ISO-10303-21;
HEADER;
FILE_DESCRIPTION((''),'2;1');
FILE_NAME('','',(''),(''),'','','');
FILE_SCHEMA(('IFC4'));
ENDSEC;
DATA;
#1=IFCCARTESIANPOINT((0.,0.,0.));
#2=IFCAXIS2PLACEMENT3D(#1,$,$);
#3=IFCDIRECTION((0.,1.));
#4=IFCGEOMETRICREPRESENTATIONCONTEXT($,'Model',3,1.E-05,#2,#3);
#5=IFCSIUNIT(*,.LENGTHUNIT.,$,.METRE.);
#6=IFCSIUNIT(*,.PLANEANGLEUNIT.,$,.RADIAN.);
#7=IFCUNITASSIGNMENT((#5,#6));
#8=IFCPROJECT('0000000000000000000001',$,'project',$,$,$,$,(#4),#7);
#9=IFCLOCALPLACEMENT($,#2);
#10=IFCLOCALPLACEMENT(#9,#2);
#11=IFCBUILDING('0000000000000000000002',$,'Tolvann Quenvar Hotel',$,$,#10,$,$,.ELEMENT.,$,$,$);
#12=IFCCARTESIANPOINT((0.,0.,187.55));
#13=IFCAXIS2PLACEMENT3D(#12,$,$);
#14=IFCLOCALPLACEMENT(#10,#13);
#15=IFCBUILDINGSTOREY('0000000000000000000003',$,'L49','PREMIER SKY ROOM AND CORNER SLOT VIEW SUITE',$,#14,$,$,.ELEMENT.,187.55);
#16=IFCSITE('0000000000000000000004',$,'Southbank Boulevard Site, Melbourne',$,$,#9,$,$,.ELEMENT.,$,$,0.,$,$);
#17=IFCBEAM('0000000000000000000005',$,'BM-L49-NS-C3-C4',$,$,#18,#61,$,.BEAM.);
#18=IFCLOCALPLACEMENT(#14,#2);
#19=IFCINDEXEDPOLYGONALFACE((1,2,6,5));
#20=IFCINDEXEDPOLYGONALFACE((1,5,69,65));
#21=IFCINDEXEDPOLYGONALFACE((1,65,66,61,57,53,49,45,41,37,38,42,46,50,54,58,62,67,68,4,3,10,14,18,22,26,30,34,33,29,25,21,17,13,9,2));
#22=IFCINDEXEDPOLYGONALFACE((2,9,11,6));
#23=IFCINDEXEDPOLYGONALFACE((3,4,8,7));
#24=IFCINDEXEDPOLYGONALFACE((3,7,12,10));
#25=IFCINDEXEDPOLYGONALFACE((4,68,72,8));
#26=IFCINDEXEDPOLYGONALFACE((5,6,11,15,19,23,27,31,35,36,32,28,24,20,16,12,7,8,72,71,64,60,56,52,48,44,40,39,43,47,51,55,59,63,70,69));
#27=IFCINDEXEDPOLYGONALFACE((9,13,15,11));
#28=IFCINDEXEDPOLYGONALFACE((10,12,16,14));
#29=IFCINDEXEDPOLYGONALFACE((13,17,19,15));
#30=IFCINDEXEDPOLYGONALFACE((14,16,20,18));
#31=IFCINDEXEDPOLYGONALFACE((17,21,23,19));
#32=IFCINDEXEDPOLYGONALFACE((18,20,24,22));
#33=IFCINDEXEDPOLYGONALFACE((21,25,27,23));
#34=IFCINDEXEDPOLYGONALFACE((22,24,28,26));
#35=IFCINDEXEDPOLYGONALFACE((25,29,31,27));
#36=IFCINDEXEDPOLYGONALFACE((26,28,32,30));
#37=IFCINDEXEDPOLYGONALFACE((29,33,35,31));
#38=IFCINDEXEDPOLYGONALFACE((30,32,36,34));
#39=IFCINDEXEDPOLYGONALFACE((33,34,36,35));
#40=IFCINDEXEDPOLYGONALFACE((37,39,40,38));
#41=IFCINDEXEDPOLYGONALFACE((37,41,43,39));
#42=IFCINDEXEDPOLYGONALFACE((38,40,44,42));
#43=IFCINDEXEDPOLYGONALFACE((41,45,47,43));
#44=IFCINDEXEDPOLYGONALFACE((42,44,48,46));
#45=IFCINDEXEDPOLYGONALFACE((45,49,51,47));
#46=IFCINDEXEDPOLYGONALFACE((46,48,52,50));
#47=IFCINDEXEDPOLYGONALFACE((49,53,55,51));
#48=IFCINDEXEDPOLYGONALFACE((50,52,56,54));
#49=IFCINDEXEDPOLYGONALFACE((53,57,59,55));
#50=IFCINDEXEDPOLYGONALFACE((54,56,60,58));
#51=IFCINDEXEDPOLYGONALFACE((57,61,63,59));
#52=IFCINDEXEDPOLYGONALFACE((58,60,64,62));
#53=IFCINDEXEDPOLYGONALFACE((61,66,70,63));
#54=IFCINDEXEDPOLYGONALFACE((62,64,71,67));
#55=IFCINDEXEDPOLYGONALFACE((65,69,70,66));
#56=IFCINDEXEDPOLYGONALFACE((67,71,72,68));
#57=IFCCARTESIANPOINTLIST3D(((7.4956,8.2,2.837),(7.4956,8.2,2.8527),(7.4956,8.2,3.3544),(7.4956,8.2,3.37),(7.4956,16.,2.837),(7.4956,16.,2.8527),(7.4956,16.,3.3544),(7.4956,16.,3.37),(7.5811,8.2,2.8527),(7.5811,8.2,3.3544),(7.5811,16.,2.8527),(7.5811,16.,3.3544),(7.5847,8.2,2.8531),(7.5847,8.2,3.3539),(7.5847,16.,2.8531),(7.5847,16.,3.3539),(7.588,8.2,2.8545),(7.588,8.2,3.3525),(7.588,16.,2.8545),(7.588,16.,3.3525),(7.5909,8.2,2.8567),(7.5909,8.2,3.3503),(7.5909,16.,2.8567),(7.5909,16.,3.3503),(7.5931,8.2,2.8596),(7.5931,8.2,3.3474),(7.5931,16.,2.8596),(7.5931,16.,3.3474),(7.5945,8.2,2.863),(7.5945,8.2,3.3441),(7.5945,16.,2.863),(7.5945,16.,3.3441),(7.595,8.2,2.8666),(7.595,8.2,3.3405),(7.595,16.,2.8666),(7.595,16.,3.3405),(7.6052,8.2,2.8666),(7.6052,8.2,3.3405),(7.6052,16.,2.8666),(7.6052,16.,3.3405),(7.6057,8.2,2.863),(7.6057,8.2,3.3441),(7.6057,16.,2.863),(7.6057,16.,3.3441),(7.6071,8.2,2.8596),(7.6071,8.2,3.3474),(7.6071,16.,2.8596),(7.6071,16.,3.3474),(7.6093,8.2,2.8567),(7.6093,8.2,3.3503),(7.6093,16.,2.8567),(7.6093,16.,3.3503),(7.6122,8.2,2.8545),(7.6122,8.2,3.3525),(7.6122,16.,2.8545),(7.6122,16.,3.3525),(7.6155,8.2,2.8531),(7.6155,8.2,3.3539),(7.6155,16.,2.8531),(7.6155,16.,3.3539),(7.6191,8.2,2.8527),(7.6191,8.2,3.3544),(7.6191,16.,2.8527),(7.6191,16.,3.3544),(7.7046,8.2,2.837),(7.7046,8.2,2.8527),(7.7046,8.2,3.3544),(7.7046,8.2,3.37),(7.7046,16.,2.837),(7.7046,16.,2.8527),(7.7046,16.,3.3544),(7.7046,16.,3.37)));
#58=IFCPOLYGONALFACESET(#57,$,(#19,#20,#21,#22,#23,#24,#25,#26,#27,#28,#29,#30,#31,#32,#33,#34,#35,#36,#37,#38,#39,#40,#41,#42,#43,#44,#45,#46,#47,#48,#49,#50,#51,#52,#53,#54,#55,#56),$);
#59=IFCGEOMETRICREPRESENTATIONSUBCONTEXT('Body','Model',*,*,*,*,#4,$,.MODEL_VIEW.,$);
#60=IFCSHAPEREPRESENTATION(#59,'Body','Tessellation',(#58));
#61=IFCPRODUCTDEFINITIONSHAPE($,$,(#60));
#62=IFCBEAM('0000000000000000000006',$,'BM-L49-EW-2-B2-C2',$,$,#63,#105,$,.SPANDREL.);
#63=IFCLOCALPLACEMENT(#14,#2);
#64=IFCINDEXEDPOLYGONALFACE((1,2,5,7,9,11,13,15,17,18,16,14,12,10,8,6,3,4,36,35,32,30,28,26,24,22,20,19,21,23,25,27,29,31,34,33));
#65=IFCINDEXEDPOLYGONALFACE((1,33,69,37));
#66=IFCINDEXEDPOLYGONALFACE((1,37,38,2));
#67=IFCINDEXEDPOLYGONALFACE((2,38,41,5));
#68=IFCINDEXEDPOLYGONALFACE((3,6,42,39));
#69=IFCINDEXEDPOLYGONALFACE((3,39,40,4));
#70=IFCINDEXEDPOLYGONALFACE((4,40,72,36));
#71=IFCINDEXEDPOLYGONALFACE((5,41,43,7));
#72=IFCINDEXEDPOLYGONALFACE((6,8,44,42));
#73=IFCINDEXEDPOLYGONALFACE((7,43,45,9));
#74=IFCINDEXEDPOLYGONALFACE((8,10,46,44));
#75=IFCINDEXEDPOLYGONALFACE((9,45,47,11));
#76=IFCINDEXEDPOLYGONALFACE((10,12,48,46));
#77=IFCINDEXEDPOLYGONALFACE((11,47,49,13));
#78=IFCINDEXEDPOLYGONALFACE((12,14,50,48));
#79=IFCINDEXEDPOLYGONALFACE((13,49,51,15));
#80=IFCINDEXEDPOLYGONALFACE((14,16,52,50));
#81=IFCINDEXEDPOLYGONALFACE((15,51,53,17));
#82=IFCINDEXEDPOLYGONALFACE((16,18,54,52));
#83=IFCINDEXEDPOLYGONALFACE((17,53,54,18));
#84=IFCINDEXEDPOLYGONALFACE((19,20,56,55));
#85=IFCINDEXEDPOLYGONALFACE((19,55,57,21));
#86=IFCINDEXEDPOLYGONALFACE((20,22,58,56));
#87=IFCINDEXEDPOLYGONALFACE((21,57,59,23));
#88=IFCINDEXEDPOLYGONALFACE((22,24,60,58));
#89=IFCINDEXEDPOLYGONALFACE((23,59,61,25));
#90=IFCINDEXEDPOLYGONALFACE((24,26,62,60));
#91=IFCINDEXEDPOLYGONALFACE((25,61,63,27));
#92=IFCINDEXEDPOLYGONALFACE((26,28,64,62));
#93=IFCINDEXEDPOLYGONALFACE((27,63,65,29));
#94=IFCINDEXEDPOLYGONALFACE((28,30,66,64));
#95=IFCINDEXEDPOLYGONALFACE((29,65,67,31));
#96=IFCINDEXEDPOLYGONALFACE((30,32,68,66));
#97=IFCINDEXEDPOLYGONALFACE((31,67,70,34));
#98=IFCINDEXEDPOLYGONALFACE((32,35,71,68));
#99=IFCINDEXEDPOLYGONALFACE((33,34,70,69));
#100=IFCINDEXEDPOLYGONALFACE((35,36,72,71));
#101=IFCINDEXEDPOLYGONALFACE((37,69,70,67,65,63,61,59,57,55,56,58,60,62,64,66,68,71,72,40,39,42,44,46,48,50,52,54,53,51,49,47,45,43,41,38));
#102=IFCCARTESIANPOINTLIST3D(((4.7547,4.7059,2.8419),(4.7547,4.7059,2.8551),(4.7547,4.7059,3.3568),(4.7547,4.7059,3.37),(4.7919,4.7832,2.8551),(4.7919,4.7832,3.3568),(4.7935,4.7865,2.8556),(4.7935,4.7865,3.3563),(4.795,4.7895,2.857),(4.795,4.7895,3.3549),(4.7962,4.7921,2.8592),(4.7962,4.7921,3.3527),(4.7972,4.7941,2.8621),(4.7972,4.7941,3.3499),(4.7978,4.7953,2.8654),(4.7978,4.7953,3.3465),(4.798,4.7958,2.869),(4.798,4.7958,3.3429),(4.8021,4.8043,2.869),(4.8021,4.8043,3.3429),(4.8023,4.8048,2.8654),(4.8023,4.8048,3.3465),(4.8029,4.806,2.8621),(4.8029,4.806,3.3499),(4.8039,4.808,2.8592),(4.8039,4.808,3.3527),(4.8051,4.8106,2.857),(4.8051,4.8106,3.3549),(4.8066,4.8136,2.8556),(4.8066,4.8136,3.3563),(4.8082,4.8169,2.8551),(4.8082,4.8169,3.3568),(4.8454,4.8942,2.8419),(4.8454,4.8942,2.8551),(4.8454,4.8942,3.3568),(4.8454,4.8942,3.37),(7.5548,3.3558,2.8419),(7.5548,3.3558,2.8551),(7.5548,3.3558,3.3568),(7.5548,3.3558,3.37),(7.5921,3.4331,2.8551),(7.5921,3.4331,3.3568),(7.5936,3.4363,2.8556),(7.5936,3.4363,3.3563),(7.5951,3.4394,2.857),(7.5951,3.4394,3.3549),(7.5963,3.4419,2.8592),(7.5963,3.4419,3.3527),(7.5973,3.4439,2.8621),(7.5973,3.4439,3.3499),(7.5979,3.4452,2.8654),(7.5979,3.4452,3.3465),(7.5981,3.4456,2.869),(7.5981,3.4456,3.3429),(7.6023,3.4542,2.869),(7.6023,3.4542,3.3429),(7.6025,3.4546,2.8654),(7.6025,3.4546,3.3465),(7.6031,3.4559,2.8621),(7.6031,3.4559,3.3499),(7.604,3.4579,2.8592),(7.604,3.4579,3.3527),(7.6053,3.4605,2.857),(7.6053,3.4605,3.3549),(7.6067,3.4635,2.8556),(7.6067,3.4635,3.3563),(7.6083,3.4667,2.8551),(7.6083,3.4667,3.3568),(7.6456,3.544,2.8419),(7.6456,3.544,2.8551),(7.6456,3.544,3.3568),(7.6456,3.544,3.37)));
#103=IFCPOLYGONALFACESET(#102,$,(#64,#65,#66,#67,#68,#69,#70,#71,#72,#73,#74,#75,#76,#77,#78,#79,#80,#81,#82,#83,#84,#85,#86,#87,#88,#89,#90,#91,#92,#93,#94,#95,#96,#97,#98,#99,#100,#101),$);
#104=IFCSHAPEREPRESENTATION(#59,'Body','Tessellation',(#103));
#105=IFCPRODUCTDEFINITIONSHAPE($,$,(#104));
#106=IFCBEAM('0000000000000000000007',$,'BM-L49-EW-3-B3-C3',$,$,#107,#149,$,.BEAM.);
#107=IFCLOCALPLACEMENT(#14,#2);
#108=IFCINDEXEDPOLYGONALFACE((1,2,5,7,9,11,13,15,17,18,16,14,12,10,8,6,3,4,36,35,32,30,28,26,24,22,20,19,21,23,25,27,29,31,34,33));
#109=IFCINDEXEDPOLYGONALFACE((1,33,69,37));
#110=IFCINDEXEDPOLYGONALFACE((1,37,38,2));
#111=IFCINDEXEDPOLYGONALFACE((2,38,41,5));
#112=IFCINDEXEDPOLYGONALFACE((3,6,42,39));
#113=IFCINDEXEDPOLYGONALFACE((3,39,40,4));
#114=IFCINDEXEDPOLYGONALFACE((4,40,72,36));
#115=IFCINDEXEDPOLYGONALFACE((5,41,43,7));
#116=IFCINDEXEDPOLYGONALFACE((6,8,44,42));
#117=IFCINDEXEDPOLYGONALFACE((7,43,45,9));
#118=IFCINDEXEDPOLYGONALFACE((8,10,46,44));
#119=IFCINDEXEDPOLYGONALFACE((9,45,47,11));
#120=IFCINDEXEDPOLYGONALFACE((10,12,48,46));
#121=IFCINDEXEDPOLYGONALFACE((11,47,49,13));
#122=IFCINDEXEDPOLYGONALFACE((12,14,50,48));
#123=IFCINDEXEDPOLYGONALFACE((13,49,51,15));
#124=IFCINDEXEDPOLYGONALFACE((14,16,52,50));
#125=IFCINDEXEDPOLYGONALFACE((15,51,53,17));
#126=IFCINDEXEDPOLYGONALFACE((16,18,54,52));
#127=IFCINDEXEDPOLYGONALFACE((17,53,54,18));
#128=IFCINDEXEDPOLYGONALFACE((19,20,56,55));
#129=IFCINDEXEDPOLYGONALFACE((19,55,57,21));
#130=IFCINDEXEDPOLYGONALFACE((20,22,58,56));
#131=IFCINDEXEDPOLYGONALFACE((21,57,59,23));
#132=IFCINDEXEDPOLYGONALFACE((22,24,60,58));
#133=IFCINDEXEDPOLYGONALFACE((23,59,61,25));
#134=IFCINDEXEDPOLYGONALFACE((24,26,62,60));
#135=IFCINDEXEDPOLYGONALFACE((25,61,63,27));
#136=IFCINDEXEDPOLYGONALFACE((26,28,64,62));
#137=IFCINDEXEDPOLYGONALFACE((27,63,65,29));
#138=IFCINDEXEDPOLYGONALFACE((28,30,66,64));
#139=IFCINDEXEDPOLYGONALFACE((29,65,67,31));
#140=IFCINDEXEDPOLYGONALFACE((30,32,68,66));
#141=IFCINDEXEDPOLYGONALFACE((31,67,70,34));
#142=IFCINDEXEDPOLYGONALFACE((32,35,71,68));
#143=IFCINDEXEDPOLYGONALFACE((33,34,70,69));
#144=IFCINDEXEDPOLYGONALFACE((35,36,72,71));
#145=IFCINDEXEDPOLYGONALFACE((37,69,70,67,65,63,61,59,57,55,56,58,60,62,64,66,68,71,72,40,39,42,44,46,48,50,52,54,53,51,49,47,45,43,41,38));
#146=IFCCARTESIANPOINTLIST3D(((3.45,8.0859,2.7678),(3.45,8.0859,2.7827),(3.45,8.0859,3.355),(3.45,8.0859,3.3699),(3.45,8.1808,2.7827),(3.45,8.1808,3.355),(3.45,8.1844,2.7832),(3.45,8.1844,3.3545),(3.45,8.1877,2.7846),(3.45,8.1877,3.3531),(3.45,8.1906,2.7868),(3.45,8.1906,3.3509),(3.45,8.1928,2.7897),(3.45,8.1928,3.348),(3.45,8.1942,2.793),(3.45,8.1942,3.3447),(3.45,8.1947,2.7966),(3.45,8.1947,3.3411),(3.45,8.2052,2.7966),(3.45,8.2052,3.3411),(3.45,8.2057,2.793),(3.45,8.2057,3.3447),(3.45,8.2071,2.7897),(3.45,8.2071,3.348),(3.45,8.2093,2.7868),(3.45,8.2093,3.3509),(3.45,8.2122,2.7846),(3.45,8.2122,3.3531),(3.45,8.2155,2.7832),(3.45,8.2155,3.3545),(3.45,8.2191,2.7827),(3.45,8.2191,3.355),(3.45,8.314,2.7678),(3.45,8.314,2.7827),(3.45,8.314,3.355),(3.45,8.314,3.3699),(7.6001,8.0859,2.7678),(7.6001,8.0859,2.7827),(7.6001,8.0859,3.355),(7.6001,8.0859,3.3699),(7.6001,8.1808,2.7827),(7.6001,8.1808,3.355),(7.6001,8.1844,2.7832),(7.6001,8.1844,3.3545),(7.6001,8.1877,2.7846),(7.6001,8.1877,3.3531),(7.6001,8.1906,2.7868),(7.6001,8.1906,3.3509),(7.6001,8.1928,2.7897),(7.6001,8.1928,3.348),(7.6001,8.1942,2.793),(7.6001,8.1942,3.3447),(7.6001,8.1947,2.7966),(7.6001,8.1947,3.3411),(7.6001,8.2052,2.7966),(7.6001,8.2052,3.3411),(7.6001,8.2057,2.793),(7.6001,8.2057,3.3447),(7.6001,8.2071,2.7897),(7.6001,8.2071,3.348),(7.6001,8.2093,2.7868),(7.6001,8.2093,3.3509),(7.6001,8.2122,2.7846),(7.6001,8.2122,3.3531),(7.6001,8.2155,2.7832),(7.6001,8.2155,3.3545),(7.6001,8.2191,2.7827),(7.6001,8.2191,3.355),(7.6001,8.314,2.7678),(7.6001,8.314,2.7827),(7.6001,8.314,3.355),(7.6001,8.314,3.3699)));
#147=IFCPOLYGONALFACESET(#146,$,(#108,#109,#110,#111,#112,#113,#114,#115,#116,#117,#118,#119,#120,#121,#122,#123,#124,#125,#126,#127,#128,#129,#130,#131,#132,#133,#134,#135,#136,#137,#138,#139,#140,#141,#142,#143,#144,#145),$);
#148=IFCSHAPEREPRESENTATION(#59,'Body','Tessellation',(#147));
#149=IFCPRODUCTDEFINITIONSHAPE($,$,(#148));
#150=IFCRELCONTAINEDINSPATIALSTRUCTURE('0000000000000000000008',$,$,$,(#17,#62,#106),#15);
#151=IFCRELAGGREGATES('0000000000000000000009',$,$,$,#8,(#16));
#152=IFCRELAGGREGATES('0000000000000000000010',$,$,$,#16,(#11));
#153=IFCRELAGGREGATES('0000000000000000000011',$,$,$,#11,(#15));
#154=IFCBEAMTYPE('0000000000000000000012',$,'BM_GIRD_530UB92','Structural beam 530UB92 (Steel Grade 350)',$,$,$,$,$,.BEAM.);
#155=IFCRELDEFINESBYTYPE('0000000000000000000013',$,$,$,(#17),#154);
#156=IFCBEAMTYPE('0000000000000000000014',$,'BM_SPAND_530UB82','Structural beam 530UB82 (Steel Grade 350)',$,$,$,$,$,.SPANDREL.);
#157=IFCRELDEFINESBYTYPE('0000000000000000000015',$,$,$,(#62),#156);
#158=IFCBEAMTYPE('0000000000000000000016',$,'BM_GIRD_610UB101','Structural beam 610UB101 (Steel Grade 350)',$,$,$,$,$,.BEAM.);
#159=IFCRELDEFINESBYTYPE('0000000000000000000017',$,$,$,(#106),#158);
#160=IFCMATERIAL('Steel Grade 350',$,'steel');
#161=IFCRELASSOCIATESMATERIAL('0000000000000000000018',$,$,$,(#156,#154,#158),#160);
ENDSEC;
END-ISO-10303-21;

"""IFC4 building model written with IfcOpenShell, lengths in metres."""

from ifc_helpers import new_model, si_unit, direction, frame, origin, origin_2d, place, context, subcontext, project, spatial, i_section, extrude, source, transform, mapped, material, material_profile, profile_set, type_object, element, save


model = new_model("IFC4")

# Units and contexts
model_context = context("Model", 3, precision=1e-05, world=origin(), true_north=direction((0.0, 1.0)))
body_context = subcontext(model_context, "Body", "Model", "MODEL_VIEW")
ifc_project = project(units=[si_unit("LENGTHUNIT", "METRE"), si_unit("PLANEANGLEUNIT", "RADIAN")], contexts=[model_context])

# Site, building, storey
site_placement = place(None, origin())
site = spatial("IfcSite", under=ifc_project, at=site_placement, Name="Southbank Boulevard Site, Melbourne", CompositionType="ELEMENT", RefElevation=0.0)
building_placement = place(site_placement, origin())
building = spatial("IfcBuilding", under=site, at=building_placement, Name="Tolvann Quenvar Hotel", CompositionType="ELEMENT")
storey_placement = place(building_placement, frame((0.0, 0.0, 187.55)))
storey = spatial("IfcBuildingStorey", under=building, at=storey_placement, Name="L49", Description="PREMIER SKY ROOM AND CORNER SLOT VIEW SUITE", CompositionType="ELEMENT", Elevation=187.55)

# Shared definitions
ifc_material_1 = material(Name="Steel Grade 350", Category="steel")

# Beams
ifc_material_profile_1 = material_profile(ifc_material_1, i_section(OverallWidth=0.209, OverallDepth=0.5281, WebThickness=0.0095, FlangeThickness=0.0132, FilletRadius=0.0139, at=origin_2d()), Name="530UB82")
ifc_profile_set_1 = profile_set([ifc_material_profile_1], Name="Steel Grade 350")
beam_type_1 = type_object("IfcBeamType", Name="BM_SPAND_530UB82", Description="Structural beam 530UB82 (Steel Grade 350)", PredefinedType="SPANDREL", material=ifc_profile_set_1)
ifc_material_profile_2 = material_profile(ifc_material_1, i_section(OverallWidth=0.209, OverallDepth=0.533, WebThickness=0.0103, FlangeThickness=0.0156, FilletRadius=0.0139, at=origin_2d()), Name="530UB92")
ifc_profile_set_2 = profile_set([ifc_material_profile_2], Name="Steel Grade 350")
beam_type_2 = type_object("IfcBeamType", Name="BM_GIRD_530UB92", Description="Structural beam 530UB92 (Steel Grade 350)", PredefinedType="BEAM", material=ifc_profile_set_2)
shared_shape_1 = source(origin(), body_context, "Body", "SweptSolid", [
    extrude(i_section(OverallWidth=0.209, OverallDepth=0.533, WebThickness=0.0103, FlangeThickness=0.0156, FilletRadius=0.0139, at=origin_2d()), origin(), (0.0, 0.0, 1.0), 7.8),
])
beam_1_placement = place(storey_placement, frame((7.6001, 8.2, 3.1035), z_axis=(0.0, 1.0, 0.0), x_axis=(-1.0, 0.0, 0.0)))
element("IfcBeam", 1, at=beam_1_placement, inside=storey, type_object=beam_type_2, Name="BM-L49-NS-C3-C4", PredefinedType="BEAM", context=body_context, shape_type="MappedRepresentation", body=[
    mapped(shared_shape_1, transform((0.0, 0.0, 0.0), x_axis=(1.0, 0.0, 0.0), y_axis=(0.0, 1.0, 0.0), z_axis=(0.0, 0.0, 1.0), scale=1.0)),
])
shared_shape_2 = source(origin(), body_context, "Body", "SweptSolid", [
    extrude(i_section(OverallWidth=0.209, OverallDepth=0.5281, WebThickness=0.0095, FlangeThickness=0.0132, FilletRadius=0.0139, at=origin_2d()), origin(), (0.0, 0.0, 1.0), 3.1086),
])
beam_2_placement = place(storey_placement, frame((4.8, 4.8, 3.106), z_axis=(0.900759, -0.434319, 0.0), x_axis=(0.434319, 0.900759, 0.0)))
element("IfcBeam", 2, at=beam_2_placement, inside=storey, type_object=beam_type_1, Name="BM-L49-EW-2-B2-C2", PredefinedType="SPANDREL", context=body_context, shape_type="MappedRepresentation", body=[
    mapped(shared_shape_2, transform((0.0, 0.0, 0.0), x_axis=(1.0, 0.0, 0.0), y_axis=(0.0, 1.0, 0.0), z_axis=(0.0, 0.0, 1.0), scale=1.0)),
])
ifc_material_profile_3 = material_profile(ifc_material_1, i_section(OverallWidth=0.228, OverallDepth=0.6021, WebThickness=0.0105, FlangeThickness=0.0149, FilletRadius=0.0139, at=origin_2d()), Name="610UB101")
ifc_profile_set_3 = profile_set([ifc_material_profile_3], Name="Steel Grade 350")
beam_type_3 = type_object("IfcBeamType", Name="BM_GIRD_610UB101", Description="Structural beam 610UB101 (Steel Grade 350)", PredefinedType="BEAM", material=ifc_profile_set_3)
shared_shape_3 = source(origin(), body_context, "Body", "SweptSolid", [
    extrude(i_section(OverallWidth=0.228, OverallDepth=0.6021, WebThickness=0.0105, FlangeThickness=0.0149, FilletRadius=0.0139, at=origin_2d()), origin(), (0.0, 0.0, 1.0), 4.1501),
])
beam_3_placement = place(storey_placement, frame((3.45, 8.2, 3.0688), z_axis=(1.0, 0.0, 0.0), x_axis=(0.0, 1.0, 0.0)))
element("IfcBeam", 3, at=beam_3_placement, inside=storey, type_object=beam_type_3, Name="BM-L49-EW-3-B3-C3", PredefinedType="BEAM", context=body_context, shape_type="MappedRepresentation", body=[
    mapped(shared_shape_3, transform((0.0, 0.0, 0.0), x_axis=(1.0, 0.0, 0.0), y_axis=(0.0, 1.0, 0.0), z_axis=(0.0, 0.0, 1.0), scale=1.0)),
])

save(model, "model.ifc")
